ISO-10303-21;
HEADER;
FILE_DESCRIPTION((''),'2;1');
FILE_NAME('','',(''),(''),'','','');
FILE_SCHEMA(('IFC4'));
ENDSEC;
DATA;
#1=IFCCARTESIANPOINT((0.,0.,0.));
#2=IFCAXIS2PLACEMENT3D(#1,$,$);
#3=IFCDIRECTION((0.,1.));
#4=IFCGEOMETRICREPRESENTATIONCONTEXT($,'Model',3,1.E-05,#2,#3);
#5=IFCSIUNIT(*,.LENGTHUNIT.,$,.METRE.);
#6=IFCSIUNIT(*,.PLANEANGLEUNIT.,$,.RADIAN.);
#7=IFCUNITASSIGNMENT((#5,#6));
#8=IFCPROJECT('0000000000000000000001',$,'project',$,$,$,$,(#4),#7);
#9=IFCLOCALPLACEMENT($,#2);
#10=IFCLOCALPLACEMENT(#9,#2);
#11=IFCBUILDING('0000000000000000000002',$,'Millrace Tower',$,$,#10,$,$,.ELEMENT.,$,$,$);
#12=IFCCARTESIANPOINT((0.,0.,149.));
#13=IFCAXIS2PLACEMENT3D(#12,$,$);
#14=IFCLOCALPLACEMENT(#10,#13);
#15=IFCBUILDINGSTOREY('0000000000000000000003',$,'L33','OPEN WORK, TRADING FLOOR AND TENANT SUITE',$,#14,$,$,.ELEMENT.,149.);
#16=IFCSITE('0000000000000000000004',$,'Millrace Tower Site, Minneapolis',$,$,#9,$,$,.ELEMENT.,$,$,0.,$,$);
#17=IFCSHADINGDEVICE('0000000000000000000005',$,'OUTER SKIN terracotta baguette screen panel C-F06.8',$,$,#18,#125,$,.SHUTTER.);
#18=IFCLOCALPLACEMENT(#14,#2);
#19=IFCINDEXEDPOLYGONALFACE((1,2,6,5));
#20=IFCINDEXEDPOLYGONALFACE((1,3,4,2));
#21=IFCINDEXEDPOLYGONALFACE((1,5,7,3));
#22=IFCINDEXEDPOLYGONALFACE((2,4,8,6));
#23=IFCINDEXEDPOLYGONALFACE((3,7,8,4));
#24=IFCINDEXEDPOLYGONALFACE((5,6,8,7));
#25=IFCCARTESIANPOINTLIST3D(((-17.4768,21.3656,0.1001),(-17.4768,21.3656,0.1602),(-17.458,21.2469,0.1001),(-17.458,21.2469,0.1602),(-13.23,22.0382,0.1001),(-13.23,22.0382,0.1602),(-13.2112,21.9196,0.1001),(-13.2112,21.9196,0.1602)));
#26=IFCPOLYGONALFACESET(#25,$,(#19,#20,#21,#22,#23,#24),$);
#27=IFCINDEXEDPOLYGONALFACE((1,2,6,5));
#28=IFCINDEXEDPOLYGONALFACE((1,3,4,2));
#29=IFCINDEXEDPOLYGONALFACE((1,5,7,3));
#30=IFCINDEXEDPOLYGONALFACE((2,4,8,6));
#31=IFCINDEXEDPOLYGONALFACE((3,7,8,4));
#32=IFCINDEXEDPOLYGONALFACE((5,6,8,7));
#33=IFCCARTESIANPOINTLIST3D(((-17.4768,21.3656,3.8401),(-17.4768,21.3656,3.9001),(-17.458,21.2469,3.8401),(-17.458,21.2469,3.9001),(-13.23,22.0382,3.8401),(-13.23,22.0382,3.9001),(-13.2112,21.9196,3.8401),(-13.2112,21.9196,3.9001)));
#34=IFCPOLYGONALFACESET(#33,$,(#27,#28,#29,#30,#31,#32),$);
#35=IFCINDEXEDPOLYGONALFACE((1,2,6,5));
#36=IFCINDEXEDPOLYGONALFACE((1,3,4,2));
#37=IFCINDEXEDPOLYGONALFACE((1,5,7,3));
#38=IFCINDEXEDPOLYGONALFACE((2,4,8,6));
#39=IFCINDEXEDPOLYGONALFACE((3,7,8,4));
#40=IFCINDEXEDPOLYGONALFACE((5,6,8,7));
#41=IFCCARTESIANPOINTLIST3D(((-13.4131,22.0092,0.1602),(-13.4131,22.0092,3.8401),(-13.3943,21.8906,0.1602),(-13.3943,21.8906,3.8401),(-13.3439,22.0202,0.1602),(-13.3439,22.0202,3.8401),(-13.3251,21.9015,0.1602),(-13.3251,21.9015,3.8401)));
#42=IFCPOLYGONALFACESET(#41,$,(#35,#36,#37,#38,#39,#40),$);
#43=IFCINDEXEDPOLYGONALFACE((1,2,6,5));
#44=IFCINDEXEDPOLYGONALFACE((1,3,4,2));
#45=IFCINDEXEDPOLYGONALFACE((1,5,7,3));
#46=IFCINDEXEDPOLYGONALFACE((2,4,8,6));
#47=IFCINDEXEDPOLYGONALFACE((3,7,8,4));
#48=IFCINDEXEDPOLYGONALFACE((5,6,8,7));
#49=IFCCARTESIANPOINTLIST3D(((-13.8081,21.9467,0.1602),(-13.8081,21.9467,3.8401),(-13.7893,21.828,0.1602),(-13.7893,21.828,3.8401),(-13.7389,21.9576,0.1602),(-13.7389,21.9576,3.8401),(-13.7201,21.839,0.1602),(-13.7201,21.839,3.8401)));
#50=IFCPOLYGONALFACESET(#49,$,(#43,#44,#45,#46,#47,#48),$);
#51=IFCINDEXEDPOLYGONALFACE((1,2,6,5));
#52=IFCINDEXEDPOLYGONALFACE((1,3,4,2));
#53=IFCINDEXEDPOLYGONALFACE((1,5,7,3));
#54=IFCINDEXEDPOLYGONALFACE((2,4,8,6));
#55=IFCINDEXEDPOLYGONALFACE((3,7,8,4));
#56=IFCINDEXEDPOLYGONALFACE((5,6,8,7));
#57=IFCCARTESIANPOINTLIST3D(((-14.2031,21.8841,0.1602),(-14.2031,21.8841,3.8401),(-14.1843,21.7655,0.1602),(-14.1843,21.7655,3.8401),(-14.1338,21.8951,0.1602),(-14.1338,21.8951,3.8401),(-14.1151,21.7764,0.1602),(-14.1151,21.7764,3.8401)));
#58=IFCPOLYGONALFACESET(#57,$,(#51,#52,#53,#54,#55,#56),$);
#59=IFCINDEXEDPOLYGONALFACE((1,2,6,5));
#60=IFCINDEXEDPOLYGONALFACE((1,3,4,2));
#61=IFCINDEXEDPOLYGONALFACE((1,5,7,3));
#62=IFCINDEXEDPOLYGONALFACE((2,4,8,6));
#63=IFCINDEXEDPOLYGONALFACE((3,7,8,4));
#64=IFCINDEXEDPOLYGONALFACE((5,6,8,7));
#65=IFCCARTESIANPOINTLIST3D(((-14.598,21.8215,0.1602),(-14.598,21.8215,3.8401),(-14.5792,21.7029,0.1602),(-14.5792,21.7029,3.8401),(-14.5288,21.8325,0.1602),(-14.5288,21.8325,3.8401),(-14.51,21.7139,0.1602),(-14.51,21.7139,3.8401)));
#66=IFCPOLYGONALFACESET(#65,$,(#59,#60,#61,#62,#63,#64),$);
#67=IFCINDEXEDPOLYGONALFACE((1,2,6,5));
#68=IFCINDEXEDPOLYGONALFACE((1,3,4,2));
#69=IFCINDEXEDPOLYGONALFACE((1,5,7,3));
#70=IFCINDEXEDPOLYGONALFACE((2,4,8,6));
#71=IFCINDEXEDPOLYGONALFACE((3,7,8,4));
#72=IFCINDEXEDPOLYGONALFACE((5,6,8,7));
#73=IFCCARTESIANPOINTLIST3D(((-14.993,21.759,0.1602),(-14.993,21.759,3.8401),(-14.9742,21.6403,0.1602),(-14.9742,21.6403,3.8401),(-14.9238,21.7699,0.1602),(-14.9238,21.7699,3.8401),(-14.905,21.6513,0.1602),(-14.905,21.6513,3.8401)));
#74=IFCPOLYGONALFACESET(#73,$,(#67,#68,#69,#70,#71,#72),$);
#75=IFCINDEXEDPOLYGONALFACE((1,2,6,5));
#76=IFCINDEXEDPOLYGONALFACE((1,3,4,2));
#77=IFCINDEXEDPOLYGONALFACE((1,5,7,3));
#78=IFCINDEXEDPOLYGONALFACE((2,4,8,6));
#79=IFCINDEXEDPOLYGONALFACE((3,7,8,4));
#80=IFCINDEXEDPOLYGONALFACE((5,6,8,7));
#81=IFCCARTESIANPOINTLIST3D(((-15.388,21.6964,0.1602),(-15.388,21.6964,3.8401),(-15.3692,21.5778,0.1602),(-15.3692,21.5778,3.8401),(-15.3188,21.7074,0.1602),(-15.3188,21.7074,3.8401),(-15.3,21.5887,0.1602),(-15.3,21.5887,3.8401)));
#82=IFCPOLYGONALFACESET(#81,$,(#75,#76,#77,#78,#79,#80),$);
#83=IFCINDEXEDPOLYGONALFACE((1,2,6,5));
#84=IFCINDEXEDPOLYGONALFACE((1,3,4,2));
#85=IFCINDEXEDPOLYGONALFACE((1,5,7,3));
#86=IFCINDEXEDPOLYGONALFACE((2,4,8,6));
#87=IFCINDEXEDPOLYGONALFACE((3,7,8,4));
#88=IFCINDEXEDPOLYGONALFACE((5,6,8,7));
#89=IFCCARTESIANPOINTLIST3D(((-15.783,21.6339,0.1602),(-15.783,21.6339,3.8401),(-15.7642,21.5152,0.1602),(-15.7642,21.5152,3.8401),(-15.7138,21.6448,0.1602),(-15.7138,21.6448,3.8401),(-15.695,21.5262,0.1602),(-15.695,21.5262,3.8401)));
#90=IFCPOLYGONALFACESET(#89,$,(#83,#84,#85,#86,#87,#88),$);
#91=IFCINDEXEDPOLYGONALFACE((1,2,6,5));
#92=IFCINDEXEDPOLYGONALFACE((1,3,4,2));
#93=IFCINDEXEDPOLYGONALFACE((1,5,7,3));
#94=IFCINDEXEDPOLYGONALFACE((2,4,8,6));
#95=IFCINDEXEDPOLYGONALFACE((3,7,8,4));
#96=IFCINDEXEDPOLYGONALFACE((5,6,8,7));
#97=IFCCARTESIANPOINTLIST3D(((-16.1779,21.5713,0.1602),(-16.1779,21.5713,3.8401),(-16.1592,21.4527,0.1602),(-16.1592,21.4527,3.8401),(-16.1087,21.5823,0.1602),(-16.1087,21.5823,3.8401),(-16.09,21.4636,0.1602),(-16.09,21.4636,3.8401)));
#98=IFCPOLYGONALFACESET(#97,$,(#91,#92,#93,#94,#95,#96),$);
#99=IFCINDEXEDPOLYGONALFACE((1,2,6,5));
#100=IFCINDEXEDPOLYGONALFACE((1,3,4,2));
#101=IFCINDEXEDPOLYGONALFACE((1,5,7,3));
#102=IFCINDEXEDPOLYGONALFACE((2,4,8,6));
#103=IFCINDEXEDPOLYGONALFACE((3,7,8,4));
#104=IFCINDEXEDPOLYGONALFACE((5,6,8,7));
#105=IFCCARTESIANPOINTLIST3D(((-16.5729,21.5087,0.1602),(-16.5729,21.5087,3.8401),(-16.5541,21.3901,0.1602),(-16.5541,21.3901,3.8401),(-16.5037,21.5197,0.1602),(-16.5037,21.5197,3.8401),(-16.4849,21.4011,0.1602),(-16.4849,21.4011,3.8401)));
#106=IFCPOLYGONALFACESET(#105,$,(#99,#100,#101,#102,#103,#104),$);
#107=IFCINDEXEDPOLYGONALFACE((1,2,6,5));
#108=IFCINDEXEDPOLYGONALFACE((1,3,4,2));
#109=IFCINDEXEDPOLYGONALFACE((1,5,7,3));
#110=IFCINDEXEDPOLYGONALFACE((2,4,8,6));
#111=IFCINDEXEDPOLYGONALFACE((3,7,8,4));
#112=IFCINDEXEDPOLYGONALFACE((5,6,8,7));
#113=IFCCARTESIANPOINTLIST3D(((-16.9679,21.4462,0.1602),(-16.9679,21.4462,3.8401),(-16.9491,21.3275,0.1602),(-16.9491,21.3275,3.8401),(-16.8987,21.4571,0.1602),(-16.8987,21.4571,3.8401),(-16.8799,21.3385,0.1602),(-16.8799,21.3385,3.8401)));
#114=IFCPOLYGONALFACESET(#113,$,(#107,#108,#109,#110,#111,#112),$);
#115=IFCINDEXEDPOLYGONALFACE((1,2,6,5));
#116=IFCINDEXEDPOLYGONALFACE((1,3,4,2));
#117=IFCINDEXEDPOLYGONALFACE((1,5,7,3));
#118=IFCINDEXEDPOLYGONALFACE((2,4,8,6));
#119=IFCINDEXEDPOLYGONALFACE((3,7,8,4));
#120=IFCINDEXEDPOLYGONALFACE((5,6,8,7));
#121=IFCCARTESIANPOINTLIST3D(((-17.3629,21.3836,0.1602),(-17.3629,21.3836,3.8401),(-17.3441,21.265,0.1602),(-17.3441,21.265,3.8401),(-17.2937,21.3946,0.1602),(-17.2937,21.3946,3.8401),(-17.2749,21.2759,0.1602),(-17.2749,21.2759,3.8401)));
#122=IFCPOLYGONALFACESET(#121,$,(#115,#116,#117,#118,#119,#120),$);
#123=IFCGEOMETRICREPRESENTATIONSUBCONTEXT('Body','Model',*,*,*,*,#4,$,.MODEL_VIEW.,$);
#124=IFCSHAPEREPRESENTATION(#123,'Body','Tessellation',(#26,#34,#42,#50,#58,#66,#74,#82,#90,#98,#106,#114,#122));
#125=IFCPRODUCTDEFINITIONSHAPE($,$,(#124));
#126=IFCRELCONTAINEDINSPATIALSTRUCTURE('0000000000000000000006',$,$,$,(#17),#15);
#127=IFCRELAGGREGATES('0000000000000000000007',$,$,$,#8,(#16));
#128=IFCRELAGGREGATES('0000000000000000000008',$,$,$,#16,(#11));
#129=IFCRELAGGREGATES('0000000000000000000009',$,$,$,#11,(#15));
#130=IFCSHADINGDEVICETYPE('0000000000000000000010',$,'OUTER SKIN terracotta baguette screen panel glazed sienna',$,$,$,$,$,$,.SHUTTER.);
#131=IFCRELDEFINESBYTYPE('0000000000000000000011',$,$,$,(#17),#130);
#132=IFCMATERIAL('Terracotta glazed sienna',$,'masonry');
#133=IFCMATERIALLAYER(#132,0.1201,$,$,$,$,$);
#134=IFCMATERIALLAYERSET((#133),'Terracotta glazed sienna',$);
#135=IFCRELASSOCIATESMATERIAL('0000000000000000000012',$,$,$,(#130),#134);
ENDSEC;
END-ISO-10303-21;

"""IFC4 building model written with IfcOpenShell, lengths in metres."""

from ifc_helpers import new_model, entity, si_unit, direction, frame, frame_2d, origin, origin_2d, place, context, subcontext, project, spatial, rectangle, extrude, source, transform, mapped, material, layer, layer_set, type_object, element, save


model = new_model("IFC4")

# Units and contexts
model_context = context("Model", 3, precision=1e-05, world=origin(), true_north=direction((0.0, 1.0)))
body_context = subcontext(model_context, "Body", "Model", "MODEL_VIEW")
ifc_project = project(units=[si_unit("LENGTHUNIT", "METRE"), si_unit("PLANEANGLEUNIT", "RADIAN")], contexts=[model_context])

# Site, building, storey
site_placement = place(None, origin())
site = spatial("IfcSite", under=ifc_project, at=site_placement, Name="Millrace Tower Site, Minneapolis", CompositionType="ELEMENT", RefElevation=0.0)
building_placement = place(site_placement, origin())
building = spatial("IfcBuilding", under=site, at=building_placement, Name="Millrace Tower", CompositionType="ELEMENT")
storey_placement = place(building_placement, frame((0.0, 0.0, 149.0)))
storey = spatial("IfcBuildingStorey", under=building, at=storey_placement, Name="L33", Description="OPEN WORK, TRADING FLOOR AND TENANT SUITE", CompositionType="ELEMENT", Elevation=149.0)

# Shading device
ifc_material_1 = material(Name="Terracotta glazed sienna", Category="masonry")
ifc_layer_1 = layer(ifc_material_1, 0.1201)
ifc_layer_set_1 = layer_set([ifc_layer_1], Name="Terracotta glazed sienna")
shading_device_type = type_object("IfcShadingDeviceType", Name="OUTER SKIN terracotta baguette screen panel glazed sienna", PredefinedType="SHUTTER", material=ifc_layer_set_1)
cartesian_point_1 = entity("IfcCartesianPoint", [-2.1499, 0.0601])
shared_polyline_1 = entity("IfcPolyline", [cartesian_point_1, entity("IfcCartesianPoint", [2.1499, 0.0601]), entity("IfcCartesianPoint", [2.1499, -0.0601]), entity("IfcCartesianPoint", [-2.1499, -0.0601]), cartesian_point_1])
shared_shape_1 = source(origin(), body_context, "Body", "SweptSolid", [
    entity("IfcExtrudedAreaSolid", entity("IfcArbitraryClosedProfileDef", "AREA", None, shared_polyline_1), entity("IfcAxis2Placement3D", entity("IfcCartesianPoint", [0.0, 0.0, 0.0])), entity("IfcDirection", [0.0, 0.0, 1.0]), 0.0601),
    entity("IfcExtrudedAreaSolid", entity("IfcArbitraryClosedProfileDef", "AREA", None, shared_polyline_1), entity("IfcAxis2Placement3D", entity("IfcCartesianPoint", [0.0, 0.0, 3.74])), entity("IfcDirection", [0.0, 0.0, 1.0]), 0.0601),
    extrude(rectangle(XDim=0.0701, YDim=0.1201, at=frame_2d((-1.9995, 0.0))), frame((0.0, 0.0, 0.0601)), (0.0, 0.0, 1.0), 3.6799),
    extrude(rectangle(XDim=0.0701, YDim=0.1201, at=frame_2d((-1.5996, 0.0))), frame((0.0, 0.0, 0.0601)), (0.0, 0.0, 1.0), 3.6799),
    extrude(rectangle(XDim=0.0701, YDim=0.1201, at=frame_2d((-1.1997, 0.0))), frame((0.0, 0.0, 0.0601)), (0.0, 0.0, 1.0), 3.6799),
    extrude(rectangle(XDim=0.0701, YDim=0.1201, at=frame_2d((-0.7998, 0.0))), frame((0.0, 0.0, 0.0601)), (0.0, 0.0, 1.0), 3.6799),
    extrude(rectangle(XDim=0.0701, YDim=0.1201, at=frame_2d((-0.3999, 0.0))), frame((0.0, 0.0, 0.0601)), (0.0, 0.0, 1.0), 3.6799),
    extrude(rectangle(XDim=0.0701, YDim=0.1201, at=origin_2d()), frame((0.0, 0.0, 0.0601)), (0.0, 0.0, 1.0), 3.6799),
    extrude(rectangle(XDim=0.0701, YDim=0.1201, at=frame_2d((0.3999, 0.0))), frame((0.0, 0.0, 0.0601)), (0.0, 0.0, 1.0), 3.6799),
    extrude(rectangle(XDim=0.0701, YDim=0.1201, at=frame_2d((0.7998, 0.0))), frame((0.0, 0.0, 0.0601)), (0.0, 0.0, 1.0), 3.6799),
    extrude(rectangle(XDim=0.0701, YDim=0.1201, at=frame_2d((1.1997, 0.0))), frame((0.0, 0.0, 0.0601)), (0.0, 0.0, 1.0), 3.6799),
    extrude(rectangle(XDim=0.0701, YDim=0.1201, at=frame_2d((1.5996, 0.0))), frame((0.0, 0.0, 0.0601)), (0.0, 0.0, 1.0), 3.6799),
    extrude(rectangle(XDim=0.0701, YDim=0.1201, at=frame_2d((1.9995, 0.0))), frame((0.0, 0.0, 0.0601)), (0.0, 0.0, 1.0), 3.6799),
])
shading_device_1_placement = place(storey_placement, frame((-15.344, 21.6426, 0.1001), z_axis=(0.0, 0.0, 1.0), x_axis=(-0.987688, -0.156434, 0.0)))
element("IfcShadingDevice", 1, at=shading_device_1_placement, inside=storey, type_object=shading_device_type, Name="OUTER SKIN terracotta baguette screen panel C-F06.8", PredefinedType="SHUTTER", context=body_context, shape_type="MappedRepresentation", body=[
    mapped(shared_shape_1, transform((0.0, 0.0, 0.0), scale=1.0)),
])

save(model, "model.ifc")
